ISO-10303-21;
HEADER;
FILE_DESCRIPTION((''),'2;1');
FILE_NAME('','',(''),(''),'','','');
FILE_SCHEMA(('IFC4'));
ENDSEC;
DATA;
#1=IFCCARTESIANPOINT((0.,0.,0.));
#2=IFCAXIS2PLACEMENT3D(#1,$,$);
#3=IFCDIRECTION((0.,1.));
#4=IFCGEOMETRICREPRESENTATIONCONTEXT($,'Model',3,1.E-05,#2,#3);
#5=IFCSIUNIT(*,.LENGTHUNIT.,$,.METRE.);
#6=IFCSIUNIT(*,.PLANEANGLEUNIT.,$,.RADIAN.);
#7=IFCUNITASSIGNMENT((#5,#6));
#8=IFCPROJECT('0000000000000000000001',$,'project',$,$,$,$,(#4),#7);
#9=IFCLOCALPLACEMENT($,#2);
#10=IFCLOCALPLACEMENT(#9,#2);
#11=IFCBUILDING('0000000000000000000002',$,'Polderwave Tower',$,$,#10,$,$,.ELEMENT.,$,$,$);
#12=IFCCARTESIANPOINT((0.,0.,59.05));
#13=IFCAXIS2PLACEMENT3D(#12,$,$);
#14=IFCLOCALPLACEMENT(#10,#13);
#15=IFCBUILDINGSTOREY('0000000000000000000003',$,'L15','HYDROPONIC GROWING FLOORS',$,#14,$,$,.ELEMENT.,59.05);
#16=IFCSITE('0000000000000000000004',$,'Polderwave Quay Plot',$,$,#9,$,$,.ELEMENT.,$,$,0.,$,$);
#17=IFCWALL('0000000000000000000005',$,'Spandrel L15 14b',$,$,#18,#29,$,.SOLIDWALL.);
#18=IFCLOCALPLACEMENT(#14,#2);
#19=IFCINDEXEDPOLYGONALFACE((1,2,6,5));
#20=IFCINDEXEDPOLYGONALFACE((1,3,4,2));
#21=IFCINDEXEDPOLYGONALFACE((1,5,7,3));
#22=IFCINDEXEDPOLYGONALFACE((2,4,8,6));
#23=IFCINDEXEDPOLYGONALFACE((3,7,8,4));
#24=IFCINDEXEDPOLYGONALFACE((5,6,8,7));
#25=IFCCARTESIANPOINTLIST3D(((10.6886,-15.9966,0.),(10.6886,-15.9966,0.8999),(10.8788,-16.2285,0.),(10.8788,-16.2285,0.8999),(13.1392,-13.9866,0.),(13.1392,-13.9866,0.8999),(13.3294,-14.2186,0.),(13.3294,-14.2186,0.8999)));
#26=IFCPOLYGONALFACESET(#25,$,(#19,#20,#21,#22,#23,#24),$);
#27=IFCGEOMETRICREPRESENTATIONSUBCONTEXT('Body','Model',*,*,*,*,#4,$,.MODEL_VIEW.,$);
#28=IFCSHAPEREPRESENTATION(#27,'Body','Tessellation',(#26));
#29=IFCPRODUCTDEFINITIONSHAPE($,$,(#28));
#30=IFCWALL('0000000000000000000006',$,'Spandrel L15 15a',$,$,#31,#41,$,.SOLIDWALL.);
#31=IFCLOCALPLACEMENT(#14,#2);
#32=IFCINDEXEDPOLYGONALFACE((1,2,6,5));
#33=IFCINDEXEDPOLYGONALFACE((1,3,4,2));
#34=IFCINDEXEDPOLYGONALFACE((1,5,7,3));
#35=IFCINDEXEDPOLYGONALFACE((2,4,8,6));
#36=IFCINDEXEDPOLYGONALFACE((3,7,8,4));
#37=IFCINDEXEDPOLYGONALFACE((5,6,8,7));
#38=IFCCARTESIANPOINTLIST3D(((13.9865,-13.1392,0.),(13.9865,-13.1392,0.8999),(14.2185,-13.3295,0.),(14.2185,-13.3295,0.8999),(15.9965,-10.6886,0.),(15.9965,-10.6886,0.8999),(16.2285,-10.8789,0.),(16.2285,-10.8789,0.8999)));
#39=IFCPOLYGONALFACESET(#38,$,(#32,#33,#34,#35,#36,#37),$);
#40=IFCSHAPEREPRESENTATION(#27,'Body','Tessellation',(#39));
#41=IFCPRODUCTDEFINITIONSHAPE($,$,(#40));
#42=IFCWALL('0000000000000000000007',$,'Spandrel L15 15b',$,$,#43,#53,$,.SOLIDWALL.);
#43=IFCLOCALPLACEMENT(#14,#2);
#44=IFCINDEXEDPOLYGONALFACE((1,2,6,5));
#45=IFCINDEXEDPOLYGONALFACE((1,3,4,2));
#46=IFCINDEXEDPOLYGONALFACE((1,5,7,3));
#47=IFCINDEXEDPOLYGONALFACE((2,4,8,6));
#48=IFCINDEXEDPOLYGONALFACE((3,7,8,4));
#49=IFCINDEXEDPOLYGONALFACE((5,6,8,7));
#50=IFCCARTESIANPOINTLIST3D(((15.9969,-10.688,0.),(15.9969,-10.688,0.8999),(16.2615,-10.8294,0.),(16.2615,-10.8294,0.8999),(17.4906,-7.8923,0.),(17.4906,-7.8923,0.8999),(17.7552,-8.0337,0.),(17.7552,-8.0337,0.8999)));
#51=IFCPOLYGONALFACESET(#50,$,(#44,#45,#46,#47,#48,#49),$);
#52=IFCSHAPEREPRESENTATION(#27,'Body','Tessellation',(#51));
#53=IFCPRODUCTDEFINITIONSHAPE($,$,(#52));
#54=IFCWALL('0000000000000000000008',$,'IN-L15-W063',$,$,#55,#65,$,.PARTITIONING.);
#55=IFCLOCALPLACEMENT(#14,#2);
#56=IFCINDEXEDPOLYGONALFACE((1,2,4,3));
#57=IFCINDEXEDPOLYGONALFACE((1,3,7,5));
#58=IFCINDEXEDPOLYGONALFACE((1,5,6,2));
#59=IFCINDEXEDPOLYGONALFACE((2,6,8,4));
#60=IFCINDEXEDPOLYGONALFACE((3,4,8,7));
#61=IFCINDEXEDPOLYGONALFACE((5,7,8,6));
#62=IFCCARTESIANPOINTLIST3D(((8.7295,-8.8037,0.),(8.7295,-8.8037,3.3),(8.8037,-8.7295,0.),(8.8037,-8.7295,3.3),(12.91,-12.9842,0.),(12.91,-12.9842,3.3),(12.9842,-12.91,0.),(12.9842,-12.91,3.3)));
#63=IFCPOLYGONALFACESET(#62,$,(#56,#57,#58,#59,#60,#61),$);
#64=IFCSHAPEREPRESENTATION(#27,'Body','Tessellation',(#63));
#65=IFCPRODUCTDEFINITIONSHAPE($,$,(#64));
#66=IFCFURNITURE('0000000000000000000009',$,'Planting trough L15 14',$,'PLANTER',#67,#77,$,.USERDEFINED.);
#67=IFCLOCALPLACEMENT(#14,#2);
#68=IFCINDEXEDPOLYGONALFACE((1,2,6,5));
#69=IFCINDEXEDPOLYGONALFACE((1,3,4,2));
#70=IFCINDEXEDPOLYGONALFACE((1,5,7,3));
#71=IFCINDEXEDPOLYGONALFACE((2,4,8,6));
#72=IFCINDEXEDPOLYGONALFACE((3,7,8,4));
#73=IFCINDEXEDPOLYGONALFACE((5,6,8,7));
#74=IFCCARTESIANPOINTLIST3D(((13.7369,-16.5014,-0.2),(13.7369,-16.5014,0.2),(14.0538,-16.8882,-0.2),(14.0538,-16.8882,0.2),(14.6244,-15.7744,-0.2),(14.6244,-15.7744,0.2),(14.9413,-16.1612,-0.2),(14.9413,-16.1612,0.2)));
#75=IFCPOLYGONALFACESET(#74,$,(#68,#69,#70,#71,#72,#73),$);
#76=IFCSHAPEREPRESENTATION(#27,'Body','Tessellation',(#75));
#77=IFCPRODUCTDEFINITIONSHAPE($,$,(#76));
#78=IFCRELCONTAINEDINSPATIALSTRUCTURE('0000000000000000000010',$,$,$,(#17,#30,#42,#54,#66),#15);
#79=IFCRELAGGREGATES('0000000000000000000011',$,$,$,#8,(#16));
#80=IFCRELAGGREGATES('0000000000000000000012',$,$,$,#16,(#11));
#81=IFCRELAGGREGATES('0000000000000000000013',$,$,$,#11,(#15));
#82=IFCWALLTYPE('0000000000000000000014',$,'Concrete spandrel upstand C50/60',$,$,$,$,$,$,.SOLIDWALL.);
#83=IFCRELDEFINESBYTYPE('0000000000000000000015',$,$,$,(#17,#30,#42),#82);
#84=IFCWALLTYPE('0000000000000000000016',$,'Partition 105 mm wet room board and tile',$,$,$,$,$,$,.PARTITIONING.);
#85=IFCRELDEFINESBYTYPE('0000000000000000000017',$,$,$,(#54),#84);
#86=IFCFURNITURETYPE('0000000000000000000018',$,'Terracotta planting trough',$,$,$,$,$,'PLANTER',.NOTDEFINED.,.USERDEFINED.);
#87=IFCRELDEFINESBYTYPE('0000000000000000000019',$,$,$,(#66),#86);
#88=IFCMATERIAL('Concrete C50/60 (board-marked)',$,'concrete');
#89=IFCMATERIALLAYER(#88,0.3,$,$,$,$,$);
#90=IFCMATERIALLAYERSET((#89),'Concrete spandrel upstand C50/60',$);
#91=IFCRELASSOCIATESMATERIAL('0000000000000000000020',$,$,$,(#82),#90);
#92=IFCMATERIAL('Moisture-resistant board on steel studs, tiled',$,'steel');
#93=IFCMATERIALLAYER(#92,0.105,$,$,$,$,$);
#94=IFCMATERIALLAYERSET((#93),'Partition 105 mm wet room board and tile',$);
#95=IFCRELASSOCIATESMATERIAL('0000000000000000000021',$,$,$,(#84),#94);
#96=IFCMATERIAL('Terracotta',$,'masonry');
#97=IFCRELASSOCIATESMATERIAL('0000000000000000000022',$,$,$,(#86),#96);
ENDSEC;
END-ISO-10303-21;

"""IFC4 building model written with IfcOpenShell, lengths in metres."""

from ifc_helpers import new_model, si_unit, direction, frame, frame_2d, origin, origin_2d, place, context, subcontext, project, spatial, rectangle, extrude, material, layer, layer_set, type_object, element, save


model = new_model("IFC4")

# Units and contexts
model_context = context("Model", 3, precision=1e-05, world=origin(), true_north=direction((0.0, 1.0)))
body_context = subcontext(model_context, "Body", "Model", "MODEL_VIEW")
ifc_project = project(units=[si_unit("LENGTHUNIT", "METRE"), si_unit("PLANEANGLEUNIT", "RADIAN")], contexts=[model_context])

# Site, building, storey
site_placement = place(None, origin())
site = spatial("IfcSite", under=ifc_project, at=site_placement, Name="Polderwave Quay Plot", CompositionType="ELEMENT", RefElevation=0.0)
building_placement = place(site_placement, origin())
building = spatial("IfcBuilding", under=site, at=building_placement, Name="Polderwave Tower", CompositionType="ELEMENT")
storey_placement = place(building_placement, frame((0.0, 0.0, 59.05)))
storey = spatial("IfcBuildingStorey", under=building, at=storey_placement, Name="L15", Description="HYDROPONIC GROWING FLOORS", CompositionType="ELEMENT", Elevation=59.05)

# Walls
ifc_material_1 = material(Name="Concrete C50/60 (board-marked)", Category="concrete")
ifc_layer_1 = layer(ifc_material_1, 0.3)
ifc_layer_set_1 = layer_set([ifc_layer_1], Name="Concrete spandrel upstand C50/60")
wall_type_1 = type_object("IfcWallType", Name="Concrete spandrel upstand C50/60", PredefinedType="SOLIDWALL", material=ifc_layer_set_1)
for number, where, z_axis, x_axis, name in (
    (1, (10.7837, -16.1125, 0.0), (0.0, 0.0, 1.0), (0.773198, 0.634164, 0.0), "Spandrel L15 14b"),
    (2, (14.1025, -13.2344, 0.0), (0.0, 0.0, 1.0), (0.634164, 0.773198, 0.0), "Spandrel L15 15a"),
):
    element("IfcWall", number, at=place(storey_placement, frame(where, z_axis=z_axis, x_axis=x_axis)), inside=storey, type_object=wall_type_1, Name=name, PredefinedType="SOLIDWALL", context=body_context, shape_type="SweptSolid", body=[
        extrude(rectangle(XDim=3.1694, YDim=0.3, at=frame_2d((1.5847, 0.0))), origin(), (0.0, 0.0, 1.0), 0.8999),
    ])
wall_1_placement = place(storey_placement, frame((16.1292, -10.7588, 0.0), z_axis=(0.0, 0.0, 1.0), x_axis=(0.471236, 0.882007, 0.0)))
element("IfcWall", 3, at=wall_1_placement, inside=storey, type_object=wall_type_1, Name="Spandrel L15 15b", PredefinedType="SOLIDWALL", context=body_context, shape_type="SweptSolid", body=[
    extrude(rectangle(XDim=3.1697, YDim=0.3, at=frame_2d((1.585, 0.0))), origin(), (0.0, 0.0, 1.0), 0.8999),
])
ifc_material_2 = material(Name="Moisture-resistant board on steel studs, tiled", Category="steel")
ifc_layer_2 = layer(ifc_material_2, 0.105)
ifc_layer_set_2 = layer_set([ifc_layer_2], Name="Partition 105 mm wet room board and tile")
wall_type_2 = type_object("IfcWallType", Name="Partition 105 mm wet room board and tile", PredefinedType="PARTITIONING", material=ifc_layer_set_2)
wall_2_placement = place(storey_placement, frame((8.7666, -8.7666, 0.0), z_axis=(0.0, 0.0, 1.0), x_axis=(0.707107, -0.707107, 0.0)))
element("IfcWall", 4, at=wall_2_placement, inside=storey, type_object=wall_type_2, Name="IN-L15-W063", PredefinedType="PARTITIONING", context=body_context, shape_type="SweptSolid", body=[
    extrude(rectangle(XDim=5.9121, YDim=0.105, at=frame_2d((2.9561, 0.0))), origin(), (0.0, 0.0, 1.0), 3.3),
])

# Furniture
ifc_material_3 = material(Name="Terracotta", Category="masonry")
furniture_type = type_object("IfcFurnitureType", Name="Terracotta planting trough", ElementType="PLANTER", AssemblyPlace="NOTDEFINED", PredefinedType="USERDEFINED", material=ifc_material_3)
furniture_placement = place(storey_placement, frame((14.3391, -16.3313, -0.2), z_axis=(0.0, 0.0, 1.0), x_axis=(0.773608, 0.633664, 0.0)))
element("IfcFurniture", 5, at=furniture_placement, inside=storey, type_object=furniture_type, Name="Planting trough L15 14", ObjectType="PLANTER", PredefinedType="USERDEFINED", context=body_context, shape_type="SweptSolid", body=[
    extrude(rectangle(XDim=1.1472, YDim=0.5, at=origin_2d()), origin(), (0.0, 0.0, 1.0), 0.3999),
])

save(model, "model.ifc")
